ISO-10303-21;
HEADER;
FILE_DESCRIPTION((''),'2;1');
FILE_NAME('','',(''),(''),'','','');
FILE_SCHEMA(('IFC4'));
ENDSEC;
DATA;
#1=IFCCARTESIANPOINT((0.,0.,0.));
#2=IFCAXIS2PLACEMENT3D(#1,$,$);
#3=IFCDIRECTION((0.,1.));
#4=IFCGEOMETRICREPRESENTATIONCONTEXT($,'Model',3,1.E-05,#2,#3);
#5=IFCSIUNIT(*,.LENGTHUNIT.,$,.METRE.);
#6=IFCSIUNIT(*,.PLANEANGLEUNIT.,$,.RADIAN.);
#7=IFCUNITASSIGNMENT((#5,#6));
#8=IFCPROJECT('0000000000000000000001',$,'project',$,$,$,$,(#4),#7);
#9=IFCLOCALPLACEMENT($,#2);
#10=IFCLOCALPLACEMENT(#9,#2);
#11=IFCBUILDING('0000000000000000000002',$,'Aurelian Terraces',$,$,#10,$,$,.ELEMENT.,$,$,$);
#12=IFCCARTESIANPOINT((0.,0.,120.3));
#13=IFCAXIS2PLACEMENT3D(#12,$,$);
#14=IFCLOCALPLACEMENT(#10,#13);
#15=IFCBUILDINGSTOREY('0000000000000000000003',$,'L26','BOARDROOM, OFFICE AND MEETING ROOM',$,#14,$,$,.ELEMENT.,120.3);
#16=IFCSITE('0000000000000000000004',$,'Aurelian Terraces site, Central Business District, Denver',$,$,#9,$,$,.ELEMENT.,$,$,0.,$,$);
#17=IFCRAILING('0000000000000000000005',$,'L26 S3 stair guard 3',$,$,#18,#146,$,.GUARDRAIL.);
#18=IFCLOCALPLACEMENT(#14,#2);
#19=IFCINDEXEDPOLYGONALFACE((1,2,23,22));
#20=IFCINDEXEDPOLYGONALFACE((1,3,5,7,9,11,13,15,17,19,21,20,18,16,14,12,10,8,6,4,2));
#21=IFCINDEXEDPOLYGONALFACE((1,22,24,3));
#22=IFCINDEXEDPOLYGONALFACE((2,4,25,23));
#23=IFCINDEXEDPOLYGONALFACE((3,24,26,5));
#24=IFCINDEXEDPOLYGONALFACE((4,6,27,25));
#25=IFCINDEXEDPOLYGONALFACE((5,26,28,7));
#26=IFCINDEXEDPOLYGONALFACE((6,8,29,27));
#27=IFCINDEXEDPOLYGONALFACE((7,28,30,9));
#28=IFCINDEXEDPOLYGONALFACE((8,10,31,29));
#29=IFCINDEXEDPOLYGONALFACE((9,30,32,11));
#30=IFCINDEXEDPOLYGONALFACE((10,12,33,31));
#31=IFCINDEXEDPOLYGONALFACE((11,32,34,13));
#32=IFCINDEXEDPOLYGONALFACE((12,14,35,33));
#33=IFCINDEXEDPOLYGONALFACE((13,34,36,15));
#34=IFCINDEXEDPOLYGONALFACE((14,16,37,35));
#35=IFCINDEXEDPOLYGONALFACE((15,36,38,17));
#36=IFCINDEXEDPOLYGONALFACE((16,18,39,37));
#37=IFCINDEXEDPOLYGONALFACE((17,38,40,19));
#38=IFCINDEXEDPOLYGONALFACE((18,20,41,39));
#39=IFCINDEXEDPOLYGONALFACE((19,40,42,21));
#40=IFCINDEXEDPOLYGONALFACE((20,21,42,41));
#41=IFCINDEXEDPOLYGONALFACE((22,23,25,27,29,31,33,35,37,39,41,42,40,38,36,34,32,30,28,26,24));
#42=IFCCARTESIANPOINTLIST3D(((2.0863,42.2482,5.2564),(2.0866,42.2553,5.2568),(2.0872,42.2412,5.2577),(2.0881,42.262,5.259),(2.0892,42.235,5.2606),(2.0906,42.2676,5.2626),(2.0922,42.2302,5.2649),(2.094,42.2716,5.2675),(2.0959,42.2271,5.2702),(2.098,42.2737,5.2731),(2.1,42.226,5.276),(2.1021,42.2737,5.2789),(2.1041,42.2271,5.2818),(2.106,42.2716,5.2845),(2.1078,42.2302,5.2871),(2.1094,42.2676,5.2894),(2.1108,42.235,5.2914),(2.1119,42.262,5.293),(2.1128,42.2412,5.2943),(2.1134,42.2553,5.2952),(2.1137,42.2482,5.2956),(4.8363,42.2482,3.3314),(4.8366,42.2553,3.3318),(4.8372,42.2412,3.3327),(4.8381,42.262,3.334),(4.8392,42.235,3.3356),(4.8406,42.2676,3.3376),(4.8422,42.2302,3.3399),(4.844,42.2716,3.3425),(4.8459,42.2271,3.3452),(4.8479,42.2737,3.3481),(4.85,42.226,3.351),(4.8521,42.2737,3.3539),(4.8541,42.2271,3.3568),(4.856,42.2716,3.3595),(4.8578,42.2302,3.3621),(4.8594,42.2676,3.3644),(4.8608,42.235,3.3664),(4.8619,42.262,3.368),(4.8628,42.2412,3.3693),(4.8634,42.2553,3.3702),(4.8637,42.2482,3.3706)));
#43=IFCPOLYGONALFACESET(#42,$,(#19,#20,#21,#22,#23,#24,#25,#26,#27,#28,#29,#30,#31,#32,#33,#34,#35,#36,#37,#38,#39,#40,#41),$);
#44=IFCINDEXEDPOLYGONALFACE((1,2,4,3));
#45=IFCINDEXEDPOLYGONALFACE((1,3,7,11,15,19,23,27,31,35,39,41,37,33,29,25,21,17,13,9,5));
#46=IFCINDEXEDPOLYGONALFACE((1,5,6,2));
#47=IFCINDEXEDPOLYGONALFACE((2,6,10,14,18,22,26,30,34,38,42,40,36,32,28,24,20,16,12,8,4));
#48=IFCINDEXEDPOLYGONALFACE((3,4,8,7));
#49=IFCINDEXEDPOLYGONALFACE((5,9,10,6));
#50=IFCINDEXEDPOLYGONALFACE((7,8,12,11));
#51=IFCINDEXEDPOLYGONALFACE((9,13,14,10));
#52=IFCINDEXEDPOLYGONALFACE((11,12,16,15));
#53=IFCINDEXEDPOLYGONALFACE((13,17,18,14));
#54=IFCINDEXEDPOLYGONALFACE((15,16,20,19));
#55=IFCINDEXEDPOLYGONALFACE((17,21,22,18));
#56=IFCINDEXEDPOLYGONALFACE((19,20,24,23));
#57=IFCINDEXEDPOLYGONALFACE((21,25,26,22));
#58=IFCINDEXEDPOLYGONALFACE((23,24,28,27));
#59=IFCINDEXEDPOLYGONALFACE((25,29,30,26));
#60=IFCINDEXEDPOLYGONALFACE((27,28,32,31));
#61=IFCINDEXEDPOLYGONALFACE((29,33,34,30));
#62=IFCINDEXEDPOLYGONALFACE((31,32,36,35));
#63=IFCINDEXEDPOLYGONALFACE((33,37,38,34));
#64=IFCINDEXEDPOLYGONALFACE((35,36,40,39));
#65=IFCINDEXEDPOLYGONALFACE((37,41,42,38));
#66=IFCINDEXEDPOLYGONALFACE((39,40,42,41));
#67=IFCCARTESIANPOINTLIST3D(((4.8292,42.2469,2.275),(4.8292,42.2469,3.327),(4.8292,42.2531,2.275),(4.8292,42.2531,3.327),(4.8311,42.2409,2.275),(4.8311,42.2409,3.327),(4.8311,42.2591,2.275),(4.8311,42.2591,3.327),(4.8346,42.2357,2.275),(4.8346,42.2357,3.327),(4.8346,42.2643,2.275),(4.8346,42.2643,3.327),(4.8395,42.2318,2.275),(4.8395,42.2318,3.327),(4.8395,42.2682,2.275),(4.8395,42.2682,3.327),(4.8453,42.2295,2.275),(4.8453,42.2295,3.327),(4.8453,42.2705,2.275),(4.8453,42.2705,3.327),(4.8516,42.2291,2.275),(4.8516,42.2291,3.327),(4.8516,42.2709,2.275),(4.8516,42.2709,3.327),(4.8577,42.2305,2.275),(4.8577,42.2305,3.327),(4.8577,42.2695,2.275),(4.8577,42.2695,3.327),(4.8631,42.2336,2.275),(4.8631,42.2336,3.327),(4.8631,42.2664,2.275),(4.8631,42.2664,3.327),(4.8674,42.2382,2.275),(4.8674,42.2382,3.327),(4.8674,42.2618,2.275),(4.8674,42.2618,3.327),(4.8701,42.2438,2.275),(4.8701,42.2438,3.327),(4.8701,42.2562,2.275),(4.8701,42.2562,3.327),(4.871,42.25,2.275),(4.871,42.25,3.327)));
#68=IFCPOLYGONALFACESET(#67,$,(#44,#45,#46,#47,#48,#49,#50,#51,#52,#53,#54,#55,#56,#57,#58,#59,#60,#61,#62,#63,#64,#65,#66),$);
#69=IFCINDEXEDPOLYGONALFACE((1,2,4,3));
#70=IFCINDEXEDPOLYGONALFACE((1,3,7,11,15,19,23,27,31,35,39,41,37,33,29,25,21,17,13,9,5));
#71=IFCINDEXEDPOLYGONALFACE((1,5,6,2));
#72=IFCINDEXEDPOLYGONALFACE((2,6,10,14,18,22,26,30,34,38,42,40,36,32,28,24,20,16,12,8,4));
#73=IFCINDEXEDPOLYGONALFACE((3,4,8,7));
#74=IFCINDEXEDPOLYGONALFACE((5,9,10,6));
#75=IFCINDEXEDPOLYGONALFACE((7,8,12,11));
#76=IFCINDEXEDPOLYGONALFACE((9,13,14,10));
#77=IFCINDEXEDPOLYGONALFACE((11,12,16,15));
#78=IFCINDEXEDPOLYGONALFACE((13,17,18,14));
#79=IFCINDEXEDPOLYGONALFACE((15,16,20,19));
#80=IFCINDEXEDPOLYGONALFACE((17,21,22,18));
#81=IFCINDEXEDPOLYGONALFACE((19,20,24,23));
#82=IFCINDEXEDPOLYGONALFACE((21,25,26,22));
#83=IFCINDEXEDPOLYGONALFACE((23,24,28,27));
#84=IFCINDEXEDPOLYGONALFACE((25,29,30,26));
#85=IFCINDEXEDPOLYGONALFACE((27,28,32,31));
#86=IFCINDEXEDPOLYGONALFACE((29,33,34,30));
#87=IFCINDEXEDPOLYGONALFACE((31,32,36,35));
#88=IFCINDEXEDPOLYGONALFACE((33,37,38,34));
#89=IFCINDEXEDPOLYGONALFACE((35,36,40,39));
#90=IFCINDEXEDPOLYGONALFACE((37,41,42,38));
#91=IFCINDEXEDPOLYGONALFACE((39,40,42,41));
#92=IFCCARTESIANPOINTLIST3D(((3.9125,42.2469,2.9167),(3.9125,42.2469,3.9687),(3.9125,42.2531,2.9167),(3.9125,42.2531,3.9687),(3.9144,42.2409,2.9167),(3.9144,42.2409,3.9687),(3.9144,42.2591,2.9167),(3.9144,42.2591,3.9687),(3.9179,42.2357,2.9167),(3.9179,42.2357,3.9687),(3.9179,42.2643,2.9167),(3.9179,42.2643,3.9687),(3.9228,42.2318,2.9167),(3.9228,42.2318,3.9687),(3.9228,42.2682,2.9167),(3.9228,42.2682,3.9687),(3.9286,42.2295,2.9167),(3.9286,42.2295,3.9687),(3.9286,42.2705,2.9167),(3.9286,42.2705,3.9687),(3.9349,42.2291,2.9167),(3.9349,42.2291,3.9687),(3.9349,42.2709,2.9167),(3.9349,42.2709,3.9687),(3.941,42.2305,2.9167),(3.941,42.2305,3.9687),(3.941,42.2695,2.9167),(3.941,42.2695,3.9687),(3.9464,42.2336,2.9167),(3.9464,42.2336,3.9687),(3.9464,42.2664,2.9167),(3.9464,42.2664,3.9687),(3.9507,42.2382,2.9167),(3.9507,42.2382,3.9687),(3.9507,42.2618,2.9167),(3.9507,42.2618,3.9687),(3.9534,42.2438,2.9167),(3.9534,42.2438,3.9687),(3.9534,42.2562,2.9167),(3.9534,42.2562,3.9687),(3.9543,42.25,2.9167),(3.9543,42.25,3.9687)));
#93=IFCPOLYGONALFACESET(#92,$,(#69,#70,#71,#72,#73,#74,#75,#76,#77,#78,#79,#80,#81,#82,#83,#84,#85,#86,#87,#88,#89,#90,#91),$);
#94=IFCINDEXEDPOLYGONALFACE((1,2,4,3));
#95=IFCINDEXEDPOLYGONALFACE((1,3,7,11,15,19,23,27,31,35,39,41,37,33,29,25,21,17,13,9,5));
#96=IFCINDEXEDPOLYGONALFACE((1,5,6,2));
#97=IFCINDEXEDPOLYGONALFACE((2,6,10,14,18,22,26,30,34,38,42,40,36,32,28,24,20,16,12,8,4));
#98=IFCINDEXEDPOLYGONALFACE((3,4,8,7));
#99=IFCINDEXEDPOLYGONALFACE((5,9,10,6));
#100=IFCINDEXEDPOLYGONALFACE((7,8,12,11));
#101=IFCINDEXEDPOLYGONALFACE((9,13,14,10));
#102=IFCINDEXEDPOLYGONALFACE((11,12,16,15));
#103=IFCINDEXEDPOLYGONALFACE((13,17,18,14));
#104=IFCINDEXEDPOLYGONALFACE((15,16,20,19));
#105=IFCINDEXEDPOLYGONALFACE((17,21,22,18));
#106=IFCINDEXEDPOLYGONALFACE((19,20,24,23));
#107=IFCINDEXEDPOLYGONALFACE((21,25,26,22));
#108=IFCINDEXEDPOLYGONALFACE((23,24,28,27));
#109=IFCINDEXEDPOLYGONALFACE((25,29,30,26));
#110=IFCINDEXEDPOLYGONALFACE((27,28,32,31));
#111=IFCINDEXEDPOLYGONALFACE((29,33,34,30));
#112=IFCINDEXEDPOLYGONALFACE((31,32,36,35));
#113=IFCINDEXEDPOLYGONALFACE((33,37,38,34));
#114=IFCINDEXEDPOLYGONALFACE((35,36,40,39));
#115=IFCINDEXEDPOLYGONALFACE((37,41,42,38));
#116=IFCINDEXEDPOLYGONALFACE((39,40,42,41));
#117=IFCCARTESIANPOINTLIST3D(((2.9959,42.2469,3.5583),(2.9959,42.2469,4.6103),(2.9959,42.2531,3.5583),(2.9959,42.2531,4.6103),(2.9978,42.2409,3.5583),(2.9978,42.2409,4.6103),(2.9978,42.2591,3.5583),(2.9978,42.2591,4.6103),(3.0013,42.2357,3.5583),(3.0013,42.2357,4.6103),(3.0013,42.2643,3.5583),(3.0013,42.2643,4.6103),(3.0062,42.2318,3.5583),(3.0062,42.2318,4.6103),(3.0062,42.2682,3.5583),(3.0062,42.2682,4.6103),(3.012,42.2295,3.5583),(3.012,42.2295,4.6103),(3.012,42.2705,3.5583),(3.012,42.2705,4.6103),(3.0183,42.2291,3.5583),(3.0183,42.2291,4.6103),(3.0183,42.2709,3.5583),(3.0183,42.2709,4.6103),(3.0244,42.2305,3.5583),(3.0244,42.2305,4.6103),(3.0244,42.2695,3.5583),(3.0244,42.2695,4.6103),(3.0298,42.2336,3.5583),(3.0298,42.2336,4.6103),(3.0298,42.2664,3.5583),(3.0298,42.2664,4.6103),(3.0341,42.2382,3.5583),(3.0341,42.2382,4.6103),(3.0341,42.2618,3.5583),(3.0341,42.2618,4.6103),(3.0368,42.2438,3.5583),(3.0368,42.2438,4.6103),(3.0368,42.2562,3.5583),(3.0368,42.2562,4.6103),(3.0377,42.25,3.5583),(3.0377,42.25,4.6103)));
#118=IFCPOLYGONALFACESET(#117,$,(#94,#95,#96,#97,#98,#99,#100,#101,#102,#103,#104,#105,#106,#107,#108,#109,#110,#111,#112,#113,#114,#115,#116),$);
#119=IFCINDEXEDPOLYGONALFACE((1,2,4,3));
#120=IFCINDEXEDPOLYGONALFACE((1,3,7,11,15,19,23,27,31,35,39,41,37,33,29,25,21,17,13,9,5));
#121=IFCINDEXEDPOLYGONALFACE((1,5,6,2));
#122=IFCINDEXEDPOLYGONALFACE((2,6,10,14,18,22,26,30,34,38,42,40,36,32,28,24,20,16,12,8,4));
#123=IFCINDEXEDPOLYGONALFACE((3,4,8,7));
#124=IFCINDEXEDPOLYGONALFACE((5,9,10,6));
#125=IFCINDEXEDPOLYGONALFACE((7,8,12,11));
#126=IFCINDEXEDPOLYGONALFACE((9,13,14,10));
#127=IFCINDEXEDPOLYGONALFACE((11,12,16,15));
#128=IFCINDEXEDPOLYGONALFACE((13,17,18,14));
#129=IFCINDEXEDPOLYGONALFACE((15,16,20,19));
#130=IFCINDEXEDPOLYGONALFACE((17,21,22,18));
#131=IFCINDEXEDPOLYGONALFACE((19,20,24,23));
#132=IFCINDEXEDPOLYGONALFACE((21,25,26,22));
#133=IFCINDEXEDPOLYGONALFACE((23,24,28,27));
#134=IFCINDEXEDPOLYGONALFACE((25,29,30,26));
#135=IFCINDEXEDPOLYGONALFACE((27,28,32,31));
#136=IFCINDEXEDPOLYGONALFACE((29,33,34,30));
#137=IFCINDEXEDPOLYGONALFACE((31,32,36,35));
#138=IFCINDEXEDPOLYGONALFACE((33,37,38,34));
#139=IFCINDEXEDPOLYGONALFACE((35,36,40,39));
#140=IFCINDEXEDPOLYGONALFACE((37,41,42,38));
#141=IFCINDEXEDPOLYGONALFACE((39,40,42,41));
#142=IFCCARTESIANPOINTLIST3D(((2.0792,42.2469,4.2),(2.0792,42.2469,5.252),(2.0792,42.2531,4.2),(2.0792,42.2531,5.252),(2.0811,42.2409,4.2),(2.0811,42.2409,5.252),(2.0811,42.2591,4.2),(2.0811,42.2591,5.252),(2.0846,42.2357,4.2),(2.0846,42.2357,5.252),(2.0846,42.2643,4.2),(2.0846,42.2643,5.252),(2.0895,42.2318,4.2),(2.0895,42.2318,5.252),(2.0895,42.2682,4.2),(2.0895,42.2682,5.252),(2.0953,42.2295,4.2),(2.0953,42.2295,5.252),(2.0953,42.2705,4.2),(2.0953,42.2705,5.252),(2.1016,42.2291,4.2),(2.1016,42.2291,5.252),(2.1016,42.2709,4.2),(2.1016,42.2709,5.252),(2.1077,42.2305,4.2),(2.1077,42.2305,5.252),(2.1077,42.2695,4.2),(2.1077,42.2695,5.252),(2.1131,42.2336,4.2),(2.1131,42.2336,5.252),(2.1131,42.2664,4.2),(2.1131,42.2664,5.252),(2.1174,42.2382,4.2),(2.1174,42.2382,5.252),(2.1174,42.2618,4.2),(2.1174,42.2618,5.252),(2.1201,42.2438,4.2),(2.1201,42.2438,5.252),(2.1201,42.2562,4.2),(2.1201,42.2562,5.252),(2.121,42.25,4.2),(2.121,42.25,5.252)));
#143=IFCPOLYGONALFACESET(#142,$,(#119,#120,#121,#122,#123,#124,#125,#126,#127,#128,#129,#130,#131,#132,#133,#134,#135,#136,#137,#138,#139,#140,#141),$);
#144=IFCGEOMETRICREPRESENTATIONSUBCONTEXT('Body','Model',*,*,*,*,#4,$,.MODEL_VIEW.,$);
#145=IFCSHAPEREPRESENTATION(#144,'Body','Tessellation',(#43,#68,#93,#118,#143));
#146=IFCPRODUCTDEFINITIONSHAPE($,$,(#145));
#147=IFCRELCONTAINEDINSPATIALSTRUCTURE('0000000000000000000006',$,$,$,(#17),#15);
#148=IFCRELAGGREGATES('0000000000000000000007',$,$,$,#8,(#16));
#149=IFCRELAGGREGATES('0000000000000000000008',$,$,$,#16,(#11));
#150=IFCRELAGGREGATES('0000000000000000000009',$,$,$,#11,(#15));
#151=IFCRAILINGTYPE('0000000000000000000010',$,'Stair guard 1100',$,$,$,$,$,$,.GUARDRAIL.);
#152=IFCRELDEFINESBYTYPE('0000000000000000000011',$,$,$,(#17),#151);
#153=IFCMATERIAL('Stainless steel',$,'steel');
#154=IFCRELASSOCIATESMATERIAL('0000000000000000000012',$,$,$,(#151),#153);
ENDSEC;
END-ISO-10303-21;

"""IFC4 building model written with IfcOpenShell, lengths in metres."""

from ifc_helpers import new_model, si_unit, direction, frame, origin, origin_2d, place, context, subcontext, project, spatial, circle, extrude, source, transform, mapped, material, type_object, element, save


model = new_model("IFC4")

# Units and contexts
model_context = context("Model", 3, precision=1e-05, world=origin(), true_north=direction((0.0, 1.0)))
body_context = subcontext(model_context, "Body", "Model", "MODEL_VIEW")
ifc_project = project(units=[si_unit("LENGTHUNIT", "METRE"), si_unit("PLANEANGLEUNIT", "RADIAN")], contexts=[model_context])

# Site, building, storey
site_placement = place(None, origin())
site = spatial("IfcSite", under=ifc_project, at=site_placement, Name="Aurelian Terraces site, Central Business District, Denver", CompositionType="ELEMENT", RefElevation=0.0)
building_placement = place(site_placement, origin())
building = spatial("IfcBuilding", under=site, at=building_placement, Name="Aurelian Terraces", CompositionType="ELEMENT")
storey_placement = place(building_placement, frame((0.0, 0.0, 120.3)))
storey = spatial("IfcBuildingStorey", under=building, at=storey_placement, Name="L26", Description="BOARDROOM, OFFICE AND MEETING ROOM", CompositionType="ELEMENT", Elevation=120.3)

# Railing
ifc_material_1 = material(Name="Stainless steel", Category="steel")
railing_type_1 = type_object("IfcRailingType", Name="Stair guard 1100", PredefinedType="GUARDRAIL", material=ifc_material_1)
shared_shape_1 = source(origin(), body_context, "Body", "SweptSolid", [
    extrude(circle(Radius=0.024, at=origin_2d()), frame((0.0, 0.0, 1.076), z_axis=(-0.819232, 0.0, 0.573462), x_axis=(0.0, -1.0, 0.0)), (0.0, 0.0, 1.0), 3.3568),
    extrude(circle(Radius=0.021, at=origin_2d()), origin(), (0.0, 0.0, 1.0), 1.052),
    extrude(circle(Radius=0.021, at=origin_2d()), frame((-0.9167, 0.0, 0.6417)), (0.0, 0.0, 1.0), 1.052),
    extrude(circle(Radius=0.021, at=origin_2d()), frame((-1.8333, 0.0, 1.2833)), (0.0, 0.0, 1.0), 1.052),
    extrude(circle(Radius=0.021, at=origin_2d()), frame((-2.75, 0.0, 1.925)), (0.0, 0.0, 1.0), 1.052),
])
railing_1_placement = place(storey_placement, frame((4.85, 42.25, 2.275)))
element("IfcRailing", 1, at=railing_1_placement, inside=storey, type_object=railing_type_1, Name="L26 S3 stair guard 3", PredefinedType="GUARDRAIL", context=body_context, shape_type="MappedRepresentation", body=[
    mapped(shared_shape_1, transform((0.0, 0.0, 0.0), scale=1.0)),
])

save(model, "model.ifc")
